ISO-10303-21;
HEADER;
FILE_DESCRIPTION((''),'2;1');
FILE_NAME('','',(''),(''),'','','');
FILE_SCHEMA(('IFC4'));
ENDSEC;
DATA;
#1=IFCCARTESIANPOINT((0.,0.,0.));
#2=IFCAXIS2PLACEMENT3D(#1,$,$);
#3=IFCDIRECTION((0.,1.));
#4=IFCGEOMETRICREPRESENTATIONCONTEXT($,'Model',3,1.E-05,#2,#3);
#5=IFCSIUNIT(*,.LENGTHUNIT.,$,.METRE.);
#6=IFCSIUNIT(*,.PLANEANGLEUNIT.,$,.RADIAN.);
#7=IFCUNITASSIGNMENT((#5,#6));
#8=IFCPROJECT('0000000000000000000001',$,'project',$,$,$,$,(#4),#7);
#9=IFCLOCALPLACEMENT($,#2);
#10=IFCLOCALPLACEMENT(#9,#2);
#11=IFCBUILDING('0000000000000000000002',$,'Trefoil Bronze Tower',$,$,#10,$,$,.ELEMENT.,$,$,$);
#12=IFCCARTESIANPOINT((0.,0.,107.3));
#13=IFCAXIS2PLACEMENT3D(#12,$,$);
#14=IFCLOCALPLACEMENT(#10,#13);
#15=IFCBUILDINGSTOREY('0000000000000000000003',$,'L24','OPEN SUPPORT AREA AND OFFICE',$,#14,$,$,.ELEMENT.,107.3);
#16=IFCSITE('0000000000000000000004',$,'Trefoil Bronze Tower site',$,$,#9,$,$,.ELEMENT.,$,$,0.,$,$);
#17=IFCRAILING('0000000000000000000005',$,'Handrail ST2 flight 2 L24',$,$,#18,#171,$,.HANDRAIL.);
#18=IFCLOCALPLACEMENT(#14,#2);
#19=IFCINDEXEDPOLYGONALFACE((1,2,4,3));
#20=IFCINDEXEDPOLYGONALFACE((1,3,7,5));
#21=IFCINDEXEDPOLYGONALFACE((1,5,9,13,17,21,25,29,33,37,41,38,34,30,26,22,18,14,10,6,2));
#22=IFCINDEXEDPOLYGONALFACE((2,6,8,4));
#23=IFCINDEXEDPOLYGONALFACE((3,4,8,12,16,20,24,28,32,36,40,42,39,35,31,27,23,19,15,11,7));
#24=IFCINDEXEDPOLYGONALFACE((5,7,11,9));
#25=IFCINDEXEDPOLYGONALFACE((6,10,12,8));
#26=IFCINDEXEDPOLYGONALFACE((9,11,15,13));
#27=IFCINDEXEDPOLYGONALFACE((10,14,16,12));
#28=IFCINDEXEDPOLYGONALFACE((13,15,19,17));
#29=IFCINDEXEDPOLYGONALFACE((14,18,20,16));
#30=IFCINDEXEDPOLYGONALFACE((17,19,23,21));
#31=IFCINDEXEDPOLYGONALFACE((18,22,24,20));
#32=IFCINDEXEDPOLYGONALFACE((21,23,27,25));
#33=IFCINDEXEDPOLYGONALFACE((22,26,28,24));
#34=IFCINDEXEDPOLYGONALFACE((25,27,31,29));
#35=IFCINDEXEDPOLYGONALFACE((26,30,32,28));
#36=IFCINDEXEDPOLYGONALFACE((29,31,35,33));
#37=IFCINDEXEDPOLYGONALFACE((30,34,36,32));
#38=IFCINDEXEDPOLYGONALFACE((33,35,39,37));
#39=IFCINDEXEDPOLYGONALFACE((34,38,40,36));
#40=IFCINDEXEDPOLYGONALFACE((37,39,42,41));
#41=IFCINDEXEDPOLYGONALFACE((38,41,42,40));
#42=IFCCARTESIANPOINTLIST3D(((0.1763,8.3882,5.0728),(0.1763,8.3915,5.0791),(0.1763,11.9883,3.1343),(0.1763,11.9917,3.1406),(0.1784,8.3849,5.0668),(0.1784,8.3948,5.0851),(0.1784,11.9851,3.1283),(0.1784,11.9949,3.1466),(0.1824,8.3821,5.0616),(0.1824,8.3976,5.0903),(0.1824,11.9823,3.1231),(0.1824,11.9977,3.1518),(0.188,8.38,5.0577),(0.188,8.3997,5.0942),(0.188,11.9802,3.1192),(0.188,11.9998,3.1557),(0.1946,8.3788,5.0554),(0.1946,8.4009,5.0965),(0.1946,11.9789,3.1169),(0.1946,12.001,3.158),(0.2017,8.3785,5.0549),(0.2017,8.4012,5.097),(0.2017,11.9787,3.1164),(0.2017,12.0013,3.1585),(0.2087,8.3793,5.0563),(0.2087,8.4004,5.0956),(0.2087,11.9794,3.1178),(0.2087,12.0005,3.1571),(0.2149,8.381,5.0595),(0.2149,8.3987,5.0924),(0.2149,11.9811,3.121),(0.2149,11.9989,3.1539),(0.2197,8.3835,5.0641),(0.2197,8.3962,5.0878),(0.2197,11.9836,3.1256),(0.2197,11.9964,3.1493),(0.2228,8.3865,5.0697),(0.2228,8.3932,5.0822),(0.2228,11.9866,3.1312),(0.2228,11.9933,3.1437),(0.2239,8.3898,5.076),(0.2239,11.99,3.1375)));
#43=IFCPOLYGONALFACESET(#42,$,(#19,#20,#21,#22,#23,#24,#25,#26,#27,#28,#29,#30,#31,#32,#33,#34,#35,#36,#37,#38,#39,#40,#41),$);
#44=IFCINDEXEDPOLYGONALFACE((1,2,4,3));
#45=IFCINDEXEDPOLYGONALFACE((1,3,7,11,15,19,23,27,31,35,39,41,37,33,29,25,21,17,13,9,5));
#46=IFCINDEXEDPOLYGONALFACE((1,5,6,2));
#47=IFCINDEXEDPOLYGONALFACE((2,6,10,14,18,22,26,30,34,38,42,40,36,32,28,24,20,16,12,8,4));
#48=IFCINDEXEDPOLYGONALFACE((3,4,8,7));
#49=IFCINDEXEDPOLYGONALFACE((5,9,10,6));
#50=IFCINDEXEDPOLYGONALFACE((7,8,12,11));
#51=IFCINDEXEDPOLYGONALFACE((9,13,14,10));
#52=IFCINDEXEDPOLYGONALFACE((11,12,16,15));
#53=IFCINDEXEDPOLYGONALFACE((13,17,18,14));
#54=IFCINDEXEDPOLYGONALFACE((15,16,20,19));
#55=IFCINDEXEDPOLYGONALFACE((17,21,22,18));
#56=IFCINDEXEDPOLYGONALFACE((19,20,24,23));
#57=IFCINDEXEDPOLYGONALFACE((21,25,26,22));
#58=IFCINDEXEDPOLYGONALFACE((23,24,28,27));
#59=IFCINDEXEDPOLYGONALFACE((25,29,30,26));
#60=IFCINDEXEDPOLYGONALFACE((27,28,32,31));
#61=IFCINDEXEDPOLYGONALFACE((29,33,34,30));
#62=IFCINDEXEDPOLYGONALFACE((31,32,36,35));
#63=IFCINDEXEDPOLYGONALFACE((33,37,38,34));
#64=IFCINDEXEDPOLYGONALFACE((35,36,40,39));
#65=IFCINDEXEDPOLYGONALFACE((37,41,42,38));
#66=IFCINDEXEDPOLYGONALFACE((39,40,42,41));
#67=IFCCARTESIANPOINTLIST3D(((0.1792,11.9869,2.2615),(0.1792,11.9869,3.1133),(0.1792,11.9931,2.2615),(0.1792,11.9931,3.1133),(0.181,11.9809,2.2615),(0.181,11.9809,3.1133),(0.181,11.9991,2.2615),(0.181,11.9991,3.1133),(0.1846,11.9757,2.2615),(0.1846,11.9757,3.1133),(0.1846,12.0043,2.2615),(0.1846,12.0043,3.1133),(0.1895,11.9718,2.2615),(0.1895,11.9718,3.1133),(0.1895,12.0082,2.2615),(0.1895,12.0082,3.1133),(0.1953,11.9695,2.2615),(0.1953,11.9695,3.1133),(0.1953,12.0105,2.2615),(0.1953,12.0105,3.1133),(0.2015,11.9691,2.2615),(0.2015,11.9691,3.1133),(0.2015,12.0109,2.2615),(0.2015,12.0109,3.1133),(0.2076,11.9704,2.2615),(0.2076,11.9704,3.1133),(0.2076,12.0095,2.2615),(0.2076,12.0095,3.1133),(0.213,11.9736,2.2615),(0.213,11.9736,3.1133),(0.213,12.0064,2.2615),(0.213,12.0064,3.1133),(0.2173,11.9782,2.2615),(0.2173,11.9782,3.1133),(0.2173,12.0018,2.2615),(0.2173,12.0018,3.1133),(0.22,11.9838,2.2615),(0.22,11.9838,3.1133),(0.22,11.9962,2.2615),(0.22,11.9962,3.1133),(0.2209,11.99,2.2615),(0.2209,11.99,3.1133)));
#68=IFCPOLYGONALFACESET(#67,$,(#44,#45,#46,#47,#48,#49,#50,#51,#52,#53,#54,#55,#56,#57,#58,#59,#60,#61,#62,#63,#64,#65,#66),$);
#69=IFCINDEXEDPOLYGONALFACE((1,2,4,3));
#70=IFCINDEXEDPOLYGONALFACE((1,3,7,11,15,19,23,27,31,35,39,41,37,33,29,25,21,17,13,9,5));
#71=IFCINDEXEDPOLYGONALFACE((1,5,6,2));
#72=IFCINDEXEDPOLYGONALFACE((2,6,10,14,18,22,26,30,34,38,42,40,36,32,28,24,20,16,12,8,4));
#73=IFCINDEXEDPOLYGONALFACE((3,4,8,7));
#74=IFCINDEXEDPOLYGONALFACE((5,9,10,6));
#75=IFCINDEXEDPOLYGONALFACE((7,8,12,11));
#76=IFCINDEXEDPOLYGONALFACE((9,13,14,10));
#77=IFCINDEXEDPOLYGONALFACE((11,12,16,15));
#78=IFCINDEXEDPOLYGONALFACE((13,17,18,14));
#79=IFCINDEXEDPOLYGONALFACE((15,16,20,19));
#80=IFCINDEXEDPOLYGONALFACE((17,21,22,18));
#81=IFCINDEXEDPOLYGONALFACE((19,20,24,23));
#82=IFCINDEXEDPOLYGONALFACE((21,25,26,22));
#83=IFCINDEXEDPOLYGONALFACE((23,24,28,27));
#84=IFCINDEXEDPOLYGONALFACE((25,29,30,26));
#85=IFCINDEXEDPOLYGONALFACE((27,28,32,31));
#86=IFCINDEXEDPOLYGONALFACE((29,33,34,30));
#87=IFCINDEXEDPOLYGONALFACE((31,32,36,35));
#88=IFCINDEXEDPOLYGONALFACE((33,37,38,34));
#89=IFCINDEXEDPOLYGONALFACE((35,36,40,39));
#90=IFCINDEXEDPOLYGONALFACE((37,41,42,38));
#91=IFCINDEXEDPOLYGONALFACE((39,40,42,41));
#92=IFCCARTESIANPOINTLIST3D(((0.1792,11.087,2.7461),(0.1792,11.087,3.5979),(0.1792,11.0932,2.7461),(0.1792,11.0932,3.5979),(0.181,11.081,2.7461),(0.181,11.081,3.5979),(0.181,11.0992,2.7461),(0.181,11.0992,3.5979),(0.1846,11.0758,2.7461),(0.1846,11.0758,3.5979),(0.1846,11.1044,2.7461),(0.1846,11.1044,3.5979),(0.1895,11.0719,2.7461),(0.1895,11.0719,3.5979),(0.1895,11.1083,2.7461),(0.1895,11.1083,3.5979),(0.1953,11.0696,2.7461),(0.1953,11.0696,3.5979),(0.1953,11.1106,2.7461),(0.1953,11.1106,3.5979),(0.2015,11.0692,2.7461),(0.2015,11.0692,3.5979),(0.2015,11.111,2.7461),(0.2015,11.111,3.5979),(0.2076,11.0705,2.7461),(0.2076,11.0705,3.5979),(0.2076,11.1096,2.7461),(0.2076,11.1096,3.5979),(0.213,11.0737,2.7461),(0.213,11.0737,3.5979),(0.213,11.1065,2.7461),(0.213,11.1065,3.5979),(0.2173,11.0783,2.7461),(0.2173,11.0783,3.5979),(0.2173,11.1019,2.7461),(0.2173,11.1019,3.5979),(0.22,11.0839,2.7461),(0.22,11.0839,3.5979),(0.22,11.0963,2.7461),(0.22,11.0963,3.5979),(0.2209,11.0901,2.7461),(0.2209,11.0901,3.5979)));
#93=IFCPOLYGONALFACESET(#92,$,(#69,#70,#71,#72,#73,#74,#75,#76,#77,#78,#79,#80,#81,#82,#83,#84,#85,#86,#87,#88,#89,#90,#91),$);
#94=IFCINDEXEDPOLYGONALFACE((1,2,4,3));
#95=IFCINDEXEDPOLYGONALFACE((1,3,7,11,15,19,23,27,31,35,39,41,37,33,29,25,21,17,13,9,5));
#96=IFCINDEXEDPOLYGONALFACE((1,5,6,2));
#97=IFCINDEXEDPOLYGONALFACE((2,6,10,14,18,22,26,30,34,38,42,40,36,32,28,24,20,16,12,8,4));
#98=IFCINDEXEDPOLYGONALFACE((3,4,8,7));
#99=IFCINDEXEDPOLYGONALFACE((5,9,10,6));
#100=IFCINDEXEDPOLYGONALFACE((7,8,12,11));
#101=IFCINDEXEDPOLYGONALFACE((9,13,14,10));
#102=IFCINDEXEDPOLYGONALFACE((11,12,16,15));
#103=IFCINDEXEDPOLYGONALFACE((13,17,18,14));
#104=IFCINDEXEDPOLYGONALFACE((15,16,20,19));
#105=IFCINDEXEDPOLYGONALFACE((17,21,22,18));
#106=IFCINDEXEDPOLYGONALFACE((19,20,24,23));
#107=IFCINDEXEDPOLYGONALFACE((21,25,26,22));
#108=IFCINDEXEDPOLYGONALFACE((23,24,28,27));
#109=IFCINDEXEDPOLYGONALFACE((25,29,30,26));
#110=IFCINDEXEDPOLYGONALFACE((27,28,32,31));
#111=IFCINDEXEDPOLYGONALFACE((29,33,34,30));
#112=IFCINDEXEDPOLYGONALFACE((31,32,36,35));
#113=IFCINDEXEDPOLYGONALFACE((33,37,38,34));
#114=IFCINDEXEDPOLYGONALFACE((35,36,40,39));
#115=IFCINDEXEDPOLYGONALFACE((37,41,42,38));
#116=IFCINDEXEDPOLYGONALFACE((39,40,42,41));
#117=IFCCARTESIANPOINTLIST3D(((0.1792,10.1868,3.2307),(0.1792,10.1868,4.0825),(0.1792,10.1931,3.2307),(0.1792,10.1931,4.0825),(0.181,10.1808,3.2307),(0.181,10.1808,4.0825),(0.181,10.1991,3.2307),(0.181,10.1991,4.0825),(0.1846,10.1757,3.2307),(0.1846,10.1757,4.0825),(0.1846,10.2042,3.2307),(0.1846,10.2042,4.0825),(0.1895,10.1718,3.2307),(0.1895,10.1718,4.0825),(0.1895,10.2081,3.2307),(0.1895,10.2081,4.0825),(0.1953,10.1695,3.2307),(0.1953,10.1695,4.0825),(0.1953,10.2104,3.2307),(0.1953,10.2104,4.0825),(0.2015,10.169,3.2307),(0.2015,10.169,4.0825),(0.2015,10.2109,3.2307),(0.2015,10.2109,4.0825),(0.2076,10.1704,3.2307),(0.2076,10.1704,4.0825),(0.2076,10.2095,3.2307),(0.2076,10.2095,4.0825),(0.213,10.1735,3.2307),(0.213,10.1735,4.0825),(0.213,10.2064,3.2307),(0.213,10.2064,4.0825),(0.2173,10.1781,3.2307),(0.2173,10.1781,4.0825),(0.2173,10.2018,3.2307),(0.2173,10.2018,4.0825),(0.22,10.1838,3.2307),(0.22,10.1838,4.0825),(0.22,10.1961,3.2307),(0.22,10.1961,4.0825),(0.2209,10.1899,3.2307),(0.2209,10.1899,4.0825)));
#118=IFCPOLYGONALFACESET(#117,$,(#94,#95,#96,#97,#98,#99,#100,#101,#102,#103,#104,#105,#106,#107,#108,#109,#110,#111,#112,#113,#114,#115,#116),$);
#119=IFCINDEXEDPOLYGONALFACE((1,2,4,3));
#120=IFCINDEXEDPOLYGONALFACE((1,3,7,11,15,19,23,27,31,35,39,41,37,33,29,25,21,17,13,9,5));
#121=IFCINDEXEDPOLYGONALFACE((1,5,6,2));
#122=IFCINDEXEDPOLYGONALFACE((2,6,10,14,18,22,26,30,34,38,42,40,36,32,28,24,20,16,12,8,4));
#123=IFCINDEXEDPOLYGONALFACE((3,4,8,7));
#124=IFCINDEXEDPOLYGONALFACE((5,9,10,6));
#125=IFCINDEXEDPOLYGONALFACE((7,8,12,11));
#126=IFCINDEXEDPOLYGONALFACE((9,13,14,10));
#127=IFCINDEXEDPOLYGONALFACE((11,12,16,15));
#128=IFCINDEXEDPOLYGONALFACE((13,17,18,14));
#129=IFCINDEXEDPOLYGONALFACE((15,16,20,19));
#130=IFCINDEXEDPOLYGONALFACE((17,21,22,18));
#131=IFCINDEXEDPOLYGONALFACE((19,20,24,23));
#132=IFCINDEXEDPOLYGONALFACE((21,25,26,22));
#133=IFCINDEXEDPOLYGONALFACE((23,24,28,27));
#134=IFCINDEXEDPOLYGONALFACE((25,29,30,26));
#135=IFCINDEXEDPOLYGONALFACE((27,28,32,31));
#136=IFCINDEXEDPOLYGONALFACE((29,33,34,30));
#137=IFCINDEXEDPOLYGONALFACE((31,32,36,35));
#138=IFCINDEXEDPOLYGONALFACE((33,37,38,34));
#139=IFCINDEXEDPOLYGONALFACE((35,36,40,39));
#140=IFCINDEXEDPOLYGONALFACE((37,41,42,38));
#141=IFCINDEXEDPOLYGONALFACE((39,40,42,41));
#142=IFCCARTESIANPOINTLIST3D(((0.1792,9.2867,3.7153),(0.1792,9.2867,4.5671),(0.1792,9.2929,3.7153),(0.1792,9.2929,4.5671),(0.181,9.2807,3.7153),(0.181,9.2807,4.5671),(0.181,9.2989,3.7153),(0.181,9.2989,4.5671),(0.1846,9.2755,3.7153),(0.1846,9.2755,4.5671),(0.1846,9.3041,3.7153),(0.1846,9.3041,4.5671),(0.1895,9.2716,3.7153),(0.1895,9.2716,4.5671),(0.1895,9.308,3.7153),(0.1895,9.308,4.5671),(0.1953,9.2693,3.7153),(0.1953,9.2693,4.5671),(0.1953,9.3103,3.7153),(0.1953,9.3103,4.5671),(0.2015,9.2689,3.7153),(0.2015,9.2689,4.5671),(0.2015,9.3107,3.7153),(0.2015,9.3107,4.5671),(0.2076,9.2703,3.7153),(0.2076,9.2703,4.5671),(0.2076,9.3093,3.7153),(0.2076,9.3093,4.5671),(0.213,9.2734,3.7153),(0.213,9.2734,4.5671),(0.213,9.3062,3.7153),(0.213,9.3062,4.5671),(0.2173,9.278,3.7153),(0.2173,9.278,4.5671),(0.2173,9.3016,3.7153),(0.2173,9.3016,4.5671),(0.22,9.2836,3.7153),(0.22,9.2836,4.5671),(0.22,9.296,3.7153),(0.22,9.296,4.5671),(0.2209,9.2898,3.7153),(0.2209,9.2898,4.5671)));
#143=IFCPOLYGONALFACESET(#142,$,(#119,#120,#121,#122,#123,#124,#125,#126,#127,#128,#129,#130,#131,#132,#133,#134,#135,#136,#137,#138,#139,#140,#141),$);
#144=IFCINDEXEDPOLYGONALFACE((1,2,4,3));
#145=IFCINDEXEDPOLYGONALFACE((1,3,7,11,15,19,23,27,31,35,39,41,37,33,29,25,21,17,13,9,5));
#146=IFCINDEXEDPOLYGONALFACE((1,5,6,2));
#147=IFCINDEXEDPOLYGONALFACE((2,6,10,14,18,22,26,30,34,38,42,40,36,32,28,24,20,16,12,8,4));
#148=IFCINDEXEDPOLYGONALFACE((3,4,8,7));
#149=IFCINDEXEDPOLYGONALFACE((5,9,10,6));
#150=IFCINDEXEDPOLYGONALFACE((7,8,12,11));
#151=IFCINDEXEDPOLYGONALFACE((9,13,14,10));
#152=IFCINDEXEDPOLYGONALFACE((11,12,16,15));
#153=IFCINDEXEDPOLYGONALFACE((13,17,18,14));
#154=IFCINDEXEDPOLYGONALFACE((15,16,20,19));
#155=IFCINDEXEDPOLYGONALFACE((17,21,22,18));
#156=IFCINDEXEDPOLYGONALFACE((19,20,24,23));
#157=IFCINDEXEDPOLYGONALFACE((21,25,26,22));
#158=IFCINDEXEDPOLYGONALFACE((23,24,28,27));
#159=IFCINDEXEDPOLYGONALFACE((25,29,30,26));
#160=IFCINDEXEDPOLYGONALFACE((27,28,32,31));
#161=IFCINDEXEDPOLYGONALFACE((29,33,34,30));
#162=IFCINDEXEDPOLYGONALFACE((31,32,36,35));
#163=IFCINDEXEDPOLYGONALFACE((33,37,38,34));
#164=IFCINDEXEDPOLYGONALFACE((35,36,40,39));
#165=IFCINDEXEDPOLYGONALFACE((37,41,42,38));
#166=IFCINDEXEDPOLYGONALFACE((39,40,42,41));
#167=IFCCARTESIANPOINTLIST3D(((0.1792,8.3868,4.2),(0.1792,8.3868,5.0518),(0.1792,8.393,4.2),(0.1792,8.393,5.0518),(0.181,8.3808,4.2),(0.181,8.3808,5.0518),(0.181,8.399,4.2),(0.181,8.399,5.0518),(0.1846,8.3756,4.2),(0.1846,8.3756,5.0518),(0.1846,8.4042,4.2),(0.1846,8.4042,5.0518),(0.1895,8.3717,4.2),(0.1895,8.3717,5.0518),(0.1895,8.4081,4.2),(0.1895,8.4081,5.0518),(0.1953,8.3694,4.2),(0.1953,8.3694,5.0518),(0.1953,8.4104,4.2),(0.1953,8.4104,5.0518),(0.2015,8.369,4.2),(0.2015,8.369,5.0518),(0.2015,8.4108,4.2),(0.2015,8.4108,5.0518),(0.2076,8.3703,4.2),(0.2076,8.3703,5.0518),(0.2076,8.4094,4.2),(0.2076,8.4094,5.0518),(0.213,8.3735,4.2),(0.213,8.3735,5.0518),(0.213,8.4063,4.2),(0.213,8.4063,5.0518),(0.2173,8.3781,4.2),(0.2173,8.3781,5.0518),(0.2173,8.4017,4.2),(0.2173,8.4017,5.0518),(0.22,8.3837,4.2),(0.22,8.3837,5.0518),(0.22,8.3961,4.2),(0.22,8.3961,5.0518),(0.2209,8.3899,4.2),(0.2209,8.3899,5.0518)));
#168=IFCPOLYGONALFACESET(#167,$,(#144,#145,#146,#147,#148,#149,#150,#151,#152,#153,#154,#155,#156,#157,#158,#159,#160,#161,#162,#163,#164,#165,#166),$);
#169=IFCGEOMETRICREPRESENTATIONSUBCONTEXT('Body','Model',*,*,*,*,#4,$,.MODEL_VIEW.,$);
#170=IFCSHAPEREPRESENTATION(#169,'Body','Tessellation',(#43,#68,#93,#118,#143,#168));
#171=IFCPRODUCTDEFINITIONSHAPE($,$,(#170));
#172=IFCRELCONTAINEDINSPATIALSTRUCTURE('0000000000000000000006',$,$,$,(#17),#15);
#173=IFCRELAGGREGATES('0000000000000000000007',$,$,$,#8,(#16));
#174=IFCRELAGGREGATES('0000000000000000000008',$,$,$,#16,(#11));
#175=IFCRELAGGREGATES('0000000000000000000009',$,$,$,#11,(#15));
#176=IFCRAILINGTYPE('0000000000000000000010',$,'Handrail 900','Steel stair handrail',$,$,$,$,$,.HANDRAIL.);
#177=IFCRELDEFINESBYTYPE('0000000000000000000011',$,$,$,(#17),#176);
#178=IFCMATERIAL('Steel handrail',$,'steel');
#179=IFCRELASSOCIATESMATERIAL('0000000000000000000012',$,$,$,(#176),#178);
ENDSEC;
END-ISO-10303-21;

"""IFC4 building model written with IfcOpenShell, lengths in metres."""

from ifc_helpers import new_model, si_unit, direction, frame, origin, origin_2d, place, context, subcontext, project, spatial, circle, extrude, material, type_object, element, save


model = new_model("IFC4")

# Units and contexts
model_context = context("Model", 3, precision=1e-05, world=origin(), true_north=direction((0.0, 1.0)))
body_context = subcontext(model_context, "Body", "Model", "MODEL_VIEW")
ifc_project = project(units=[si_unit("LENGTHUNIT", "METRE"), si_unit("PLANEANGLEUNIT", "RADIAN")], contexts=[model_context])

# Site, building, storey
site_placement = place(None, origin())
site = spatial("IfcSite", under=ifc_project, at=site_placement, Name="Trefoil Bronze Tower site", CompositionType="ELEMENT", RefElevation=0.0)
building_placement = place(site_placement, origin())
building = spatial("IfcBuilding", under=site, at=building_placement, Name="Trefoil Bronze Tower", CompositionType="ELEMENT")
storey_placement = place(building_placement, frame((0.0, 0.0, 107.3)))
storey = spatial("IfcBuildingStorey", under=building, at=storey_placement, Name="L24", Description="OPEN SUPPORT AREA AND OFFICE", CompositionType="ELEMENT", Elevation=107.3)

# Railing
ifc_material_1 = material(Name="Steel handrail", Category="steel")
railing_type = type_object("IfcRailingType", Name="Handrail 900", Description="Steel stair handrail", PredefinedType="HANDRAIL", material=ifc_material_1)
railing_placement = place(storey_placement, frame((0.2, 11.99, 2.2615)))
element("IfcRailing", 1, at=railing_placement, inside=storey, type_object=railing_type, Name="Handrail ST2 flight 2 L24", PredefinedType="HANDRAIL", context=body_context, shape_type="SweptSolid", body=[
    extrude(circle(Radius=0.0239, at=origin_2d()), frame((0.0, 0.0, 0.876), z_axis=(0.0, -0.880475, 0.474093), x_axis=(1.0, 0.0, 0.0)), (0.0, 0.0, 1.0), 4.0889),
    extrude(circle(Radius=0.021, at=origin_2d()), origin(), (0.0, 0.0, 1.0), 0.8518),
    extrude(circle(Radius=0.021, at=origin_2d()), frame((0.0, -0.8999, 0.4846)), (0.0, 0.0, 1.0), 0.8518),
    extrude(circle(Radius=0.021, at=origin_2d()), frame((0.0, -1.8, 0.9692)), (0.0, 0.0, 1.0), 0.8518),
    extrude(circle(Radius=0.021, at=origin_2d()), frame((0.0, -2.7002, 1.4539)), (0.0, 0.0, 1.0), 0.8518),
    extrude(circle(Radius=0.021, at=origin_2d()), frame((0.0, -3.6001, 1.9385)), (0.0, 0.0, 1.0), 0.8518),
])

save(model, "model.ifc")
